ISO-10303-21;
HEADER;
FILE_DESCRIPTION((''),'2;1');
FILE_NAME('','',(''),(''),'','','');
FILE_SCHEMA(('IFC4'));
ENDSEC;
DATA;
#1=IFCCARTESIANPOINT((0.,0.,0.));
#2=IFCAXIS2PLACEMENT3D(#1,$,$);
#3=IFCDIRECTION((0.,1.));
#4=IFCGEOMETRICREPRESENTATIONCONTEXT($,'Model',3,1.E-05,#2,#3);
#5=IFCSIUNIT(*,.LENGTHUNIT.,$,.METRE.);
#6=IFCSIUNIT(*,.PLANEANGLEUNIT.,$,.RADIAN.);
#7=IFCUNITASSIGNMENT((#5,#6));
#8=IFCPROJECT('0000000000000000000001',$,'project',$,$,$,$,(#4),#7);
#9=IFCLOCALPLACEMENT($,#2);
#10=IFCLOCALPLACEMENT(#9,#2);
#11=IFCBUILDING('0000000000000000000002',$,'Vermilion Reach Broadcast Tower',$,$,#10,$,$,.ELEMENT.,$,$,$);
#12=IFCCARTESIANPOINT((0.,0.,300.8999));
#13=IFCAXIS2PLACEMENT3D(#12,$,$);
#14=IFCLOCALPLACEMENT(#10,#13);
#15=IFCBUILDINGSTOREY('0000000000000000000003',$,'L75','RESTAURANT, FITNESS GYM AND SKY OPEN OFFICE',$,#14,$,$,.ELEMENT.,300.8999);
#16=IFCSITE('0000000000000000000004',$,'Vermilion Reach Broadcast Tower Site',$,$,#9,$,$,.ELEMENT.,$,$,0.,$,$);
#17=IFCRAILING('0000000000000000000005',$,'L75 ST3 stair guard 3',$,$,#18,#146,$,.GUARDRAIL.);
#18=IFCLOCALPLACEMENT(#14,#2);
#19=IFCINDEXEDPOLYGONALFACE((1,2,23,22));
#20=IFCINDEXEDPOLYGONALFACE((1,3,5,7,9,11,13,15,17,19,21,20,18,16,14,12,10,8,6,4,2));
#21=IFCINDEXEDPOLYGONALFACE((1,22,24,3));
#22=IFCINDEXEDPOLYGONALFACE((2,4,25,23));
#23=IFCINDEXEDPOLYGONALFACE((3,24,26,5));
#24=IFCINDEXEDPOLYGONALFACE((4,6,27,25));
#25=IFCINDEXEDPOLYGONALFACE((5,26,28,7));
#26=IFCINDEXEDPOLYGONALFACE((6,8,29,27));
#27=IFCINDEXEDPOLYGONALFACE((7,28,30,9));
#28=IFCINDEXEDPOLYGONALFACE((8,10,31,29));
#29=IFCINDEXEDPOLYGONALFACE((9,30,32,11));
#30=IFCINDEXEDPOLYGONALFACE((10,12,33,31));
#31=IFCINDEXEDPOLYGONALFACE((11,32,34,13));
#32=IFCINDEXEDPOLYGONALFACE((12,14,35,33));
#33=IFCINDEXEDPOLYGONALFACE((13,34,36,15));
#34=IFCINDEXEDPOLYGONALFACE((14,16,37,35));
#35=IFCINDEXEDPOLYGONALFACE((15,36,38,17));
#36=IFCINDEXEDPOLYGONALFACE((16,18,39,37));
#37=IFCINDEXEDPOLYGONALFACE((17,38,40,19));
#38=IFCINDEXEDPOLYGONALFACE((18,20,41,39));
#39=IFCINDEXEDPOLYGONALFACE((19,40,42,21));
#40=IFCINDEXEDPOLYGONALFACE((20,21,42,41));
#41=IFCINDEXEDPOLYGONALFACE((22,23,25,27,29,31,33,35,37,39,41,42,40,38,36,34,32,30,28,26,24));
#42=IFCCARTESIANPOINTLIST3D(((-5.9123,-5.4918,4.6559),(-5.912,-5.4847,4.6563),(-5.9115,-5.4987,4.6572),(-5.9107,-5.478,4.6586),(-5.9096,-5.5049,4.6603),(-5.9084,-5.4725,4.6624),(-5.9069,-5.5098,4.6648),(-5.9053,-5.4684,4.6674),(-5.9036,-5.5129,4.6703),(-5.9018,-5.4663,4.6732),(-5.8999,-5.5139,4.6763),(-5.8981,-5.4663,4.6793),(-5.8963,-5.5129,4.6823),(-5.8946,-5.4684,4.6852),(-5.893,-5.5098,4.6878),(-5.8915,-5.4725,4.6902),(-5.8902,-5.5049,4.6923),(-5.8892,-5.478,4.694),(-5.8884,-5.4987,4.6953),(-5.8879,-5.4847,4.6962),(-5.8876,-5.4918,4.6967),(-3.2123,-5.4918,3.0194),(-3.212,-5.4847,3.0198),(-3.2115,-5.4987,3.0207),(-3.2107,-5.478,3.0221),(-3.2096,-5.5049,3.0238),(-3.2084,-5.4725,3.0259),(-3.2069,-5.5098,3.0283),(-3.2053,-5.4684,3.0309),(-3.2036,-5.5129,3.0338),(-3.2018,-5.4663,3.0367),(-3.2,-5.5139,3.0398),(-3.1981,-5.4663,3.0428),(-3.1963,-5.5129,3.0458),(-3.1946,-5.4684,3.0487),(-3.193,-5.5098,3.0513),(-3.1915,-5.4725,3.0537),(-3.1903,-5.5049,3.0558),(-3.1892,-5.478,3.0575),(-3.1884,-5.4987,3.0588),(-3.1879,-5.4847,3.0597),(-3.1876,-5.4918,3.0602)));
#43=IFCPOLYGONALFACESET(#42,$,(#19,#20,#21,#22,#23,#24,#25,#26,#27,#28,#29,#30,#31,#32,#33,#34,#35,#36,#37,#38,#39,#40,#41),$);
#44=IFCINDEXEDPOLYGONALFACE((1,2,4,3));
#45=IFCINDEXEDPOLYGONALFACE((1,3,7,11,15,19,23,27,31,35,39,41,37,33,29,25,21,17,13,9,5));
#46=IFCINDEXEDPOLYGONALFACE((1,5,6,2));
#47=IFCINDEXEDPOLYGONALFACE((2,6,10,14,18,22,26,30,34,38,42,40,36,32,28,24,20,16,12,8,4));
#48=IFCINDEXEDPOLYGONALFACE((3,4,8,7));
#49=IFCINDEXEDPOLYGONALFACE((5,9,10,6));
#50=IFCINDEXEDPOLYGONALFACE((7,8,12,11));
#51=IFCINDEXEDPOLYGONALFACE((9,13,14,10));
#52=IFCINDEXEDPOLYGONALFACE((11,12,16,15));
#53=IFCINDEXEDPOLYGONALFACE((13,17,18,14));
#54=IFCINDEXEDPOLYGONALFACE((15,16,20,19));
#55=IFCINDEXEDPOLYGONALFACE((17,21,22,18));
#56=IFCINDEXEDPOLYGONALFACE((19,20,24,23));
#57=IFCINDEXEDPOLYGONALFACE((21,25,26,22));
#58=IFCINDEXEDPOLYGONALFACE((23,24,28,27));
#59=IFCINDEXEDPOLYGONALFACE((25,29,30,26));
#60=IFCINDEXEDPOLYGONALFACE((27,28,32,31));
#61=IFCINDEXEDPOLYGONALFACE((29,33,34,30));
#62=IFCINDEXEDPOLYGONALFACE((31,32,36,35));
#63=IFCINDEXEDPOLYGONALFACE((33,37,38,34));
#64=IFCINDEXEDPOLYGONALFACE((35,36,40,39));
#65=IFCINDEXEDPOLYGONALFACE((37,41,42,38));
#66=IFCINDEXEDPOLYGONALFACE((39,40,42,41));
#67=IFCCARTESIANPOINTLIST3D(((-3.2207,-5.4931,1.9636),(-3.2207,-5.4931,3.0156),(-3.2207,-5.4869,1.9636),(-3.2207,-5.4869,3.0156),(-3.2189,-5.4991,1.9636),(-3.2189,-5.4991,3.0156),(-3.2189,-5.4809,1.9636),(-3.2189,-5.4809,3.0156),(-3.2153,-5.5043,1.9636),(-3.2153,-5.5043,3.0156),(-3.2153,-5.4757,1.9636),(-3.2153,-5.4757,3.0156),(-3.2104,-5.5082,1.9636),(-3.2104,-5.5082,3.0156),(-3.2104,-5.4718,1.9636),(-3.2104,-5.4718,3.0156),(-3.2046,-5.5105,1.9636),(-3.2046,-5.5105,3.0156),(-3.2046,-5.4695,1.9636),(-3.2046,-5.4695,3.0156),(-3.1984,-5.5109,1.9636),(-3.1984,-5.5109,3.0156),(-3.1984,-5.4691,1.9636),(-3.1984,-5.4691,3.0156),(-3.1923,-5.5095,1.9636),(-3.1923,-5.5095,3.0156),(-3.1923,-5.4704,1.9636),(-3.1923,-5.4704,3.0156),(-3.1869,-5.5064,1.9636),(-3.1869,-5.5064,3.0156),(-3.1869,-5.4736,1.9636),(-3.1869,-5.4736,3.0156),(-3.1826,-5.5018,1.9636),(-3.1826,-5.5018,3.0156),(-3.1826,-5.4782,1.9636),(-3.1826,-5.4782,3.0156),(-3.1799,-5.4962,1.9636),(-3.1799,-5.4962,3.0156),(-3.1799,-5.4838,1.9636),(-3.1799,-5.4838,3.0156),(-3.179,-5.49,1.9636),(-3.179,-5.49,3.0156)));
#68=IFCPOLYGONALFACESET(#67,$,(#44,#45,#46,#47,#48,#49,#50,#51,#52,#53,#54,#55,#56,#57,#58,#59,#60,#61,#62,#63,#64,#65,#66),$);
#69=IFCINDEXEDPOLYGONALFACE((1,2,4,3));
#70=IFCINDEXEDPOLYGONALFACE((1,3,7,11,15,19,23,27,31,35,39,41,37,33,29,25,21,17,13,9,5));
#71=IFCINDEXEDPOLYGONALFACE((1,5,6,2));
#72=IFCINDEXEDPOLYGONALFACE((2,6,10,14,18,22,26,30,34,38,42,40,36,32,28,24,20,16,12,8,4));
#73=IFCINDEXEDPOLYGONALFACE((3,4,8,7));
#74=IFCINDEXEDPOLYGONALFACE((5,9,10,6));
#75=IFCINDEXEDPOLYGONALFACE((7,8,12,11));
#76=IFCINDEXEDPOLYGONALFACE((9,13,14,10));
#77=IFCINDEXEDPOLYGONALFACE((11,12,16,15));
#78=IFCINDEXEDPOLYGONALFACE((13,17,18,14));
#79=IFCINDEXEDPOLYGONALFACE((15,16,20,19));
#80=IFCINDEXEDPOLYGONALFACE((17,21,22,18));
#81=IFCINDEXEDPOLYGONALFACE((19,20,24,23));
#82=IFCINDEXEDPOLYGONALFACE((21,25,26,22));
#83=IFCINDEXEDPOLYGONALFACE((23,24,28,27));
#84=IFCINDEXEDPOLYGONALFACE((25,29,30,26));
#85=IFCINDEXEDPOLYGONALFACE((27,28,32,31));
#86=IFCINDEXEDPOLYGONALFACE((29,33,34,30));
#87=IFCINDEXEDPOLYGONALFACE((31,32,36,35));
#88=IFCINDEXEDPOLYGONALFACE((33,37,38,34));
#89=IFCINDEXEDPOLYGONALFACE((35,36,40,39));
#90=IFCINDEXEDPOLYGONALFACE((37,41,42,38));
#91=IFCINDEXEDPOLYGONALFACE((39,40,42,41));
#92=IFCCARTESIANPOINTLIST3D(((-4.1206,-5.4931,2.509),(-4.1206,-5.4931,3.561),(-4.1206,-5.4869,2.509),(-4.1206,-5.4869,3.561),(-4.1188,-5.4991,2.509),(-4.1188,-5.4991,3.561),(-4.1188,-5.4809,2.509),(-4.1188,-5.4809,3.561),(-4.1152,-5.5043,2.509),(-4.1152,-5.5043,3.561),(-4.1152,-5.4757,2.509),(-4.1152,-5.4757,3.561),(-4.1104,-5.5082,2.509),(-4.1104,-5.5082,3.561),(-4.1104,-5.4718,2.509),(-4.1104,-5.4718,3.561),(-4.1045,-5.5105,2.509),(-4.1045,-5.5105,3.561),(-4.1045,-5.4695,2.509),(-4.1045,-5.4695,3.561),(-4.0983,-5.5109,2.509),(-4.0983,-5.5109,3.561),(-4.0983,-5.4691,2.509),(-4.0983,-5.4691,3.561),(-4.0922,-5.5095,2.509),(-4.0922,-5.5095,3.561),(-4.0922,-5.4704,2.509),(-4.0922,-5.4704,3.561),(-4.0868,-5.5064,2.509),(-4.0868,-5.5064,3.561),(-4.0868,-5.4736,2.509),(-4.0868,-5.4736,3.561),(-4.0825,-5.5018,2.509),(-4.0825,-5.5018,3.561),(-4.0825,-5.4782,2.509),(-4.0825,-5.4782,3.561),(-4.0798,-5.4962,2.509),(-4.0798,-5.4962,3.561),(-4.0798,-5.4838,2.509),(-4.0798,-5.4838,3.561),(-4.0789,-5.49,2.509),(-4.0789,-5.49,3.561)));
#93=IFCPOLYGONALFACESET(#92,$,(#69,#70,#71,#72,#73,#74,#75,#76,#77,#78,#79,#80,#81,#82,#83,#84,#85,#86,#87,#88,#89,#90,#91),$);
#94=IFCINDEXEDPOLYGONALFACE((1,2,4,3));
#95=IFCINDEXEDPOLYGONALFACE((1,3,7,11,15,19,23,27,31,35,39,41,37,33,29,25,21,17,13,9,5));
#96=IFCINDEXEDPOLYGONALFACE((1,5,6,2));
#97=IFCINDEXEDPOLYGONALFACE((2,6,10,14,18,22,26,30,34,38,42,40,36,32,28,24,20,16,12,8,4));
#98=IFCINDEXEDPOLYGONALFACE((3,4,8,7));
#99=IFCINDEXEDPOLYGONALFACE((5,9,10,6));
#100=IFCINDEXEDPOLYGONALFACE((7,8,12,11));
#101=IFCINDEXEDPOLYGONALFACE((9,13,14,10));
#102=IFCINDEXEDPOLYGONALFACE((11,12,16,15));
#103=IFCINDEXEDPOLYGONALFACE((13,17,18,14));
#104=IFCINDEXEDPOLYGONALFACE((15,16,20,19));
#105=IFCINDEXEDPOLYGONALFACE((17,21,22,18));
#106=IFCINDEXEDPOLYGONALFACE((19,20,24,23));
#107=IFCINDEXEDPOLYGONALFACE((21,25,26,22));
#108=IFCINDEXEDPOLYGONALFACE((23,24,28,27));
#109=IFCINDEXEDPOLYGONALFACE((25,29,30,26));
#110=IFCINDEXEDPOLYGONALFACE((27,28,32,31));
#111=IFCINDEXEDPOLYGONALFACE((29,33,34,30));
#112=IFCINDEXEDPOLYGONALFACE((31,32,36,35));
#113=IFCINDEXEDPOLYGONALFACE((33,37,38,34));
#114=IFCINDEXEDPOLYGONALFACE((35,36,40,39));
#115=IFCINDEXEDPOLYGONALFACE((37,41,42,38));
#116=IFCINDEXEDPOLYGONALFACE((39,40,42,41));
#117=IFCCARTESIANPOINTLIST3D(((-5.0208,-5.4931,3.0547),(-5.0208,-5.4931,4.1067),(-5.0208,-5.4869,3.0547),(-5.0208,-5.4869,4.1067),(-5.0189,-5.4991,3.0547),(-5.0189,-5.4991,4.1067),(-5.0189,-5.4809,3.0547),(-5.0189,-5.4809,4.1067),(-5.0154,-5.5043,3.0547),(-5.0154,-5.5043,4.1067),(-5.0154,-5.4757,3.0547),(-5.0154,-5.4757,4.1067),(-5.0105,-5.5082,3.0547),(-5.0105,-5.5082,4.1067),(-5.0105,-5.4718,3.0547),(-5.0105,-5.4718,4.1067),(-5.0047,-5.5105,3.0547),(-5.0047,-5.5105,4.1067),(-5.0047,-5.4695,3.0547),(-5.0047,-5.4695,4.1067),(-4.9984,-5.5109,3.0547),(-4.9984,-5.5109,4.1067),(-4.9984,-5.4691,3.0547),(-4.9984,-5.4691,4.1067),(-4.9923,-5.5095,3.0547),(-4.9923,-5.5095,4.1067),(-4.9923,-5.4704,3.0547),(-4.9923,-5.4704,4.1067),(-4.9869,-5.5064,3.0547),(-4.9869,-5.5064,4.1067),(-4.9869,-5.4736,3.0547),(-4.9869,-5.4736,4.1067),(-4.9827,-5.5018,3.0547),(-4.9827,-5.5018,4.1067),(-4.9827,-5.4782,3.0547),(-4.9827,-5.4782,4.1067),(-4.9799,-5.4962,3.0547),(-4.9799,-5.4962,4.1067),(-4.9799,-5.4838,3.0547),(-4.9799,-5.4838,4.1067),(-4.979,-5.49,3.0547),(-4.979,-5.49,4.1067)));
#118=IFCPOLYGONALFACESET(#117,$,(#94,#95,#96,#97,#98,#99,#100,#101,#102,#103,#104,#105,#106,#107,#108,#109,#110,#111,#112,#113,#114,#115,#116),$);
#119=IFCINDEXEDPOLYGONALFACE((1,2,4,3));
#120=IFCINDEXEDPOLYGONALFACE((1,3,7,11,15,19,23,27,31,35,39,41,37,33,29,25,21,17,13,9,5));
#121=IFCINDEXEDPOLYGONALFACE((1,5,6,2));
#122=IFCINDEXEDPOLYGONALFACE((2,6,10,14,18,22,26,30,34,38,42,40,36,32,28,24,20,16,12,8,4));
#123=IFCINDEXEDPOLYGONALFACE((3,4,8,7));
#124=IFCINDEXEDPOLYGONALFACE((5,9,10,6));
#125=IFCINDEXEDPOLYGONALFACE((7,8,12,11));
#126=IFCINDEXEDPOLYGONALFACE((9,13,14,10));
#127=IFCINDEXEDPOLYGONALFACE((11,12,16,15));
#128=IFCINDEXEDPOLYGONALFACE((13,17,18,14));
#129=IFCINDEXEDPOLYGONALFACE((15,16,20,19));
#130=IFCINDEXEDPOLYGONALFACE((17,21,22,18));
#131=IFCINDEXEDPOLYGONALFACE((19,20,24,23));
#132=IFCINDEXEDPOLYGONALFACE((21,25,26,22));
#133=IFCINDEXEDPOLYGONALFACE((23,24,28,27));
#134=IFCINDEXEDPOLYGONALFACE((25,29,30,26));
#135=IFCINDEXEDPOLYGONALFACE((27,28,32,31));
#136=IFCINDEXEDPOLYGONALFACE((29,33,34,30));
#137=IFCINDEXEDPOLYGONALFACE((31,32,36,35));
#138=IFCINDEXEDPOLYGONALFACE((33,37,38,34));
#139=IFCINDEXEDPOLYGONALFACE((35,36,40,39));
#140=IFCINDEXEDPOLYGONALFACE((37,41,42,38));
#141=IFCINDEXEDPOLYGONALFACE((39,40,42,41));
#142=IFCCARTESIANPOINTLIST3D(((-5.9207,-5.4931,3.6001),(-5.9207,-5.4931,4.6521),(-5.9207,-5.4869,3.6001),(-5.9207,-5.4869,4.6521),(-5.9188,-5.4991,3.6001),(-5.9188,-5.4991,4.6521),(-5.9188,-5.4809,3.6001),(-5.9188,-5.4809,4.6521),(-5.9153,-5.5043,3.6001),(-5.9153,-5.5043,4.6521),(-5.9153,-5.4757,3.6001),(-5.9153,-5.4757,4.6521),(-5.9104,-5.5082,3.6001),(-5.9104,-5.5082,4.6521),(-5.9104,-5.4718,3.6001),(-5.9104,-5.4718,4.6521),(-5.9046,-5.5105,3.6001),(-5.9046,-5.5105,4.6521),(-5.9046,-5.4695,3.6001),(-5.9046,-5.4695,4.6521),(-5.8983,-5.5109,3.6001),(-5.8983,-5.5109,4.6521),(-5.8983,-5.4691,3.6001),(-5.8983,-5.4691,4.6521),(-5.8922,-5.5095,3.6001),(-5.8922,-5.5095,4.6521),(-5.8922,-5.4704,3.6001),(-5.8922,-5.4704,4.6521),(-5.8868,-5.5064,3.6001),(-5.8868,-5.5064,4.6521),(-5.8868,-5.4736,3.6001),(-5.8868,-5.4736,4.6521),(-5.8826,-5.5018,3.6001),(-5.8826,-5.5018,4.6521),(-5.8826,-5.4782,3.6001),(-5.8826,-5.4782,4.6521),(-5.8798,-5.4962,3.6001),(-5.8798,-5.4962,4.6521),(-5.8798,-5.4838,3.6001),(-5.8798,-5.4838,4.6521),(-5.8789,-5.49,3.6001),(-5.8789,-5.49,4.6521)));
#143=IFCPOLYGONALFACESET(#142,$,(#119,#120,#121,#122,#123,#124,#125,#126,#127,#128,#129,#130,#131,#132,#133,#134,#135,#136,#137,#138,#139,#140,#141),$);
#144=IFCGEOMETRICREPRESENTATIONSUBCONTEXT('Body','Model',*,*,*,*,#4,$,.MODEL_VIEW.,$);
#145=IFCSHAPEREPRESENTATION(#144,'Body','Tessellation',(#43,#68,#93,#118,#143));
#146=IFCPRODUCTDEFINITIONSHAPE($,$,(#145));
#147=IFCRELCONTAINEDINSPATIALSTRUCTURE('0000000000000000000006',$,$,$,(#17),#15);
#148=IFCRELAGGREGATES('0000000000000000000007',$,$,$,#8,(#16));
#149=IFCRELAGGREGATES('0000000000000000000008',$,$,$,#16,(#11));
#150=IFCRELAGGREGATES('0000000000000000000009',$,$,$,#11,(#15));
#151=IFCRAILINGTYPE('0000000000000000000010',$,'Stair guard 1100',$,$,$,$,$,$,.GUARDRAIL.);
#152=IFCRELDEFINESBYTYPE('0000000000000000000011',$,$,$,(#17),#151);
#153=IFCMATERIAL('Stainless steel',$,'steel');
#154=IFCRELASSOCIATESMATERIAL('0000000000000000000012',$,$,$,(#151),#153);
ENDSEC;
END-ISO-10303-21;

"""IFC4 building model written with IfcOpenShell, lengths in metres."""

from ifc_helpers import new_model, si_unit, direction, frame, origin, origin_2d, place, context, subcontext, project, spatial, circle, extrude, material, type_object, element, save


model = new_model("IFC4")

# Units and contexts
model_context = context("Model", 3, precision=1e-05, world=origin(), true_north=direction((0.0, 1.0)))
body_context = subcontext(model_context, "Body", "Model", "MODEL_VIEW")
ifc_project = project(units=[si_unit("LENGTHUNIT", "METRE"), si_unit("PLANEANGLEUNIT", "RADIAN")], contexts=[model_context])

# Site, building, storey
site_placement = place(None, origin())
site = spatial("IfcSite", under=ifc_project, at=site_placement, Name="Vermilion Reach Broadcast Tower Site", CompositionType="ELEMENT", RefElevation=0.0)
building_placement = place(site_placement, origin())
building = spatial("IfcBuilding", under=site, at=building_placement, Name="Vermilion Reach Broadcast Tower", CompositionType="ELEMENT")
storey_placement = place(building_placement, frame((0.0, 0.0, 300.8999)))
storey = spatial("IfcBuildingStorey", under=building, at=storey_placement, Name="L75", Description="RESTAURANT, FITNESS GYM AND SKY OPEN OFFICE", CompositionType="ELEMENT", Elevation=300.8999)

# Railing
ifc_material_1 = material(Name="Stainless steel", Category="steel")
railing_type_1 = type_object("IfcRailingType", Name="Stair guard 1100", PredefinedType="GUARDRAIL", material=ifc_material_1)
railing_1_placement = place(storey_placement, frame((-3.2, -5.49, 1.9636)))
element("IfcRailing", 1, at=railing_1_placement, inside=storey, type_object=railing_type_1, Name="L75 ST3 stair guard 3", PredefinedType="GUARDRAIL", context=body_context, shape_type="SweptSolid", body=[
    extrude(circle(Radius=0.0239, at=origin_2d()), frame((0.0, 0.0, 1.0762), z_axis=(-0.855178, 0.0, 0.518334), x_axis=(0.0, -1.0, 0.0)), (0.0, 0.0, 1.0), 3.1572),
    extrude(circle(Radius=0.021, at=origin_2d()), origin(), (0.0, 0.0, 1.0), 1.052),
    extrude(circle(Radius=0.021, at=origin_2d()), frame((-0.8999, 0.0, 0.5454)), (0.0, 0.0, 1.0), 1.052),
    extrude(circle(Radius=0.021, at=origin_2d()), frame((-1.8, 0.0, 1.0911)), (0.0, 0.0, 1.0), 1.052),
    extrude(circle(Radius=0.021, at=origin_2d()), frame((-2.7, 0.0, 1.6365)), (0.0, 0.0, 1.0), 1.052),
])

save(model, "model.ifc")
